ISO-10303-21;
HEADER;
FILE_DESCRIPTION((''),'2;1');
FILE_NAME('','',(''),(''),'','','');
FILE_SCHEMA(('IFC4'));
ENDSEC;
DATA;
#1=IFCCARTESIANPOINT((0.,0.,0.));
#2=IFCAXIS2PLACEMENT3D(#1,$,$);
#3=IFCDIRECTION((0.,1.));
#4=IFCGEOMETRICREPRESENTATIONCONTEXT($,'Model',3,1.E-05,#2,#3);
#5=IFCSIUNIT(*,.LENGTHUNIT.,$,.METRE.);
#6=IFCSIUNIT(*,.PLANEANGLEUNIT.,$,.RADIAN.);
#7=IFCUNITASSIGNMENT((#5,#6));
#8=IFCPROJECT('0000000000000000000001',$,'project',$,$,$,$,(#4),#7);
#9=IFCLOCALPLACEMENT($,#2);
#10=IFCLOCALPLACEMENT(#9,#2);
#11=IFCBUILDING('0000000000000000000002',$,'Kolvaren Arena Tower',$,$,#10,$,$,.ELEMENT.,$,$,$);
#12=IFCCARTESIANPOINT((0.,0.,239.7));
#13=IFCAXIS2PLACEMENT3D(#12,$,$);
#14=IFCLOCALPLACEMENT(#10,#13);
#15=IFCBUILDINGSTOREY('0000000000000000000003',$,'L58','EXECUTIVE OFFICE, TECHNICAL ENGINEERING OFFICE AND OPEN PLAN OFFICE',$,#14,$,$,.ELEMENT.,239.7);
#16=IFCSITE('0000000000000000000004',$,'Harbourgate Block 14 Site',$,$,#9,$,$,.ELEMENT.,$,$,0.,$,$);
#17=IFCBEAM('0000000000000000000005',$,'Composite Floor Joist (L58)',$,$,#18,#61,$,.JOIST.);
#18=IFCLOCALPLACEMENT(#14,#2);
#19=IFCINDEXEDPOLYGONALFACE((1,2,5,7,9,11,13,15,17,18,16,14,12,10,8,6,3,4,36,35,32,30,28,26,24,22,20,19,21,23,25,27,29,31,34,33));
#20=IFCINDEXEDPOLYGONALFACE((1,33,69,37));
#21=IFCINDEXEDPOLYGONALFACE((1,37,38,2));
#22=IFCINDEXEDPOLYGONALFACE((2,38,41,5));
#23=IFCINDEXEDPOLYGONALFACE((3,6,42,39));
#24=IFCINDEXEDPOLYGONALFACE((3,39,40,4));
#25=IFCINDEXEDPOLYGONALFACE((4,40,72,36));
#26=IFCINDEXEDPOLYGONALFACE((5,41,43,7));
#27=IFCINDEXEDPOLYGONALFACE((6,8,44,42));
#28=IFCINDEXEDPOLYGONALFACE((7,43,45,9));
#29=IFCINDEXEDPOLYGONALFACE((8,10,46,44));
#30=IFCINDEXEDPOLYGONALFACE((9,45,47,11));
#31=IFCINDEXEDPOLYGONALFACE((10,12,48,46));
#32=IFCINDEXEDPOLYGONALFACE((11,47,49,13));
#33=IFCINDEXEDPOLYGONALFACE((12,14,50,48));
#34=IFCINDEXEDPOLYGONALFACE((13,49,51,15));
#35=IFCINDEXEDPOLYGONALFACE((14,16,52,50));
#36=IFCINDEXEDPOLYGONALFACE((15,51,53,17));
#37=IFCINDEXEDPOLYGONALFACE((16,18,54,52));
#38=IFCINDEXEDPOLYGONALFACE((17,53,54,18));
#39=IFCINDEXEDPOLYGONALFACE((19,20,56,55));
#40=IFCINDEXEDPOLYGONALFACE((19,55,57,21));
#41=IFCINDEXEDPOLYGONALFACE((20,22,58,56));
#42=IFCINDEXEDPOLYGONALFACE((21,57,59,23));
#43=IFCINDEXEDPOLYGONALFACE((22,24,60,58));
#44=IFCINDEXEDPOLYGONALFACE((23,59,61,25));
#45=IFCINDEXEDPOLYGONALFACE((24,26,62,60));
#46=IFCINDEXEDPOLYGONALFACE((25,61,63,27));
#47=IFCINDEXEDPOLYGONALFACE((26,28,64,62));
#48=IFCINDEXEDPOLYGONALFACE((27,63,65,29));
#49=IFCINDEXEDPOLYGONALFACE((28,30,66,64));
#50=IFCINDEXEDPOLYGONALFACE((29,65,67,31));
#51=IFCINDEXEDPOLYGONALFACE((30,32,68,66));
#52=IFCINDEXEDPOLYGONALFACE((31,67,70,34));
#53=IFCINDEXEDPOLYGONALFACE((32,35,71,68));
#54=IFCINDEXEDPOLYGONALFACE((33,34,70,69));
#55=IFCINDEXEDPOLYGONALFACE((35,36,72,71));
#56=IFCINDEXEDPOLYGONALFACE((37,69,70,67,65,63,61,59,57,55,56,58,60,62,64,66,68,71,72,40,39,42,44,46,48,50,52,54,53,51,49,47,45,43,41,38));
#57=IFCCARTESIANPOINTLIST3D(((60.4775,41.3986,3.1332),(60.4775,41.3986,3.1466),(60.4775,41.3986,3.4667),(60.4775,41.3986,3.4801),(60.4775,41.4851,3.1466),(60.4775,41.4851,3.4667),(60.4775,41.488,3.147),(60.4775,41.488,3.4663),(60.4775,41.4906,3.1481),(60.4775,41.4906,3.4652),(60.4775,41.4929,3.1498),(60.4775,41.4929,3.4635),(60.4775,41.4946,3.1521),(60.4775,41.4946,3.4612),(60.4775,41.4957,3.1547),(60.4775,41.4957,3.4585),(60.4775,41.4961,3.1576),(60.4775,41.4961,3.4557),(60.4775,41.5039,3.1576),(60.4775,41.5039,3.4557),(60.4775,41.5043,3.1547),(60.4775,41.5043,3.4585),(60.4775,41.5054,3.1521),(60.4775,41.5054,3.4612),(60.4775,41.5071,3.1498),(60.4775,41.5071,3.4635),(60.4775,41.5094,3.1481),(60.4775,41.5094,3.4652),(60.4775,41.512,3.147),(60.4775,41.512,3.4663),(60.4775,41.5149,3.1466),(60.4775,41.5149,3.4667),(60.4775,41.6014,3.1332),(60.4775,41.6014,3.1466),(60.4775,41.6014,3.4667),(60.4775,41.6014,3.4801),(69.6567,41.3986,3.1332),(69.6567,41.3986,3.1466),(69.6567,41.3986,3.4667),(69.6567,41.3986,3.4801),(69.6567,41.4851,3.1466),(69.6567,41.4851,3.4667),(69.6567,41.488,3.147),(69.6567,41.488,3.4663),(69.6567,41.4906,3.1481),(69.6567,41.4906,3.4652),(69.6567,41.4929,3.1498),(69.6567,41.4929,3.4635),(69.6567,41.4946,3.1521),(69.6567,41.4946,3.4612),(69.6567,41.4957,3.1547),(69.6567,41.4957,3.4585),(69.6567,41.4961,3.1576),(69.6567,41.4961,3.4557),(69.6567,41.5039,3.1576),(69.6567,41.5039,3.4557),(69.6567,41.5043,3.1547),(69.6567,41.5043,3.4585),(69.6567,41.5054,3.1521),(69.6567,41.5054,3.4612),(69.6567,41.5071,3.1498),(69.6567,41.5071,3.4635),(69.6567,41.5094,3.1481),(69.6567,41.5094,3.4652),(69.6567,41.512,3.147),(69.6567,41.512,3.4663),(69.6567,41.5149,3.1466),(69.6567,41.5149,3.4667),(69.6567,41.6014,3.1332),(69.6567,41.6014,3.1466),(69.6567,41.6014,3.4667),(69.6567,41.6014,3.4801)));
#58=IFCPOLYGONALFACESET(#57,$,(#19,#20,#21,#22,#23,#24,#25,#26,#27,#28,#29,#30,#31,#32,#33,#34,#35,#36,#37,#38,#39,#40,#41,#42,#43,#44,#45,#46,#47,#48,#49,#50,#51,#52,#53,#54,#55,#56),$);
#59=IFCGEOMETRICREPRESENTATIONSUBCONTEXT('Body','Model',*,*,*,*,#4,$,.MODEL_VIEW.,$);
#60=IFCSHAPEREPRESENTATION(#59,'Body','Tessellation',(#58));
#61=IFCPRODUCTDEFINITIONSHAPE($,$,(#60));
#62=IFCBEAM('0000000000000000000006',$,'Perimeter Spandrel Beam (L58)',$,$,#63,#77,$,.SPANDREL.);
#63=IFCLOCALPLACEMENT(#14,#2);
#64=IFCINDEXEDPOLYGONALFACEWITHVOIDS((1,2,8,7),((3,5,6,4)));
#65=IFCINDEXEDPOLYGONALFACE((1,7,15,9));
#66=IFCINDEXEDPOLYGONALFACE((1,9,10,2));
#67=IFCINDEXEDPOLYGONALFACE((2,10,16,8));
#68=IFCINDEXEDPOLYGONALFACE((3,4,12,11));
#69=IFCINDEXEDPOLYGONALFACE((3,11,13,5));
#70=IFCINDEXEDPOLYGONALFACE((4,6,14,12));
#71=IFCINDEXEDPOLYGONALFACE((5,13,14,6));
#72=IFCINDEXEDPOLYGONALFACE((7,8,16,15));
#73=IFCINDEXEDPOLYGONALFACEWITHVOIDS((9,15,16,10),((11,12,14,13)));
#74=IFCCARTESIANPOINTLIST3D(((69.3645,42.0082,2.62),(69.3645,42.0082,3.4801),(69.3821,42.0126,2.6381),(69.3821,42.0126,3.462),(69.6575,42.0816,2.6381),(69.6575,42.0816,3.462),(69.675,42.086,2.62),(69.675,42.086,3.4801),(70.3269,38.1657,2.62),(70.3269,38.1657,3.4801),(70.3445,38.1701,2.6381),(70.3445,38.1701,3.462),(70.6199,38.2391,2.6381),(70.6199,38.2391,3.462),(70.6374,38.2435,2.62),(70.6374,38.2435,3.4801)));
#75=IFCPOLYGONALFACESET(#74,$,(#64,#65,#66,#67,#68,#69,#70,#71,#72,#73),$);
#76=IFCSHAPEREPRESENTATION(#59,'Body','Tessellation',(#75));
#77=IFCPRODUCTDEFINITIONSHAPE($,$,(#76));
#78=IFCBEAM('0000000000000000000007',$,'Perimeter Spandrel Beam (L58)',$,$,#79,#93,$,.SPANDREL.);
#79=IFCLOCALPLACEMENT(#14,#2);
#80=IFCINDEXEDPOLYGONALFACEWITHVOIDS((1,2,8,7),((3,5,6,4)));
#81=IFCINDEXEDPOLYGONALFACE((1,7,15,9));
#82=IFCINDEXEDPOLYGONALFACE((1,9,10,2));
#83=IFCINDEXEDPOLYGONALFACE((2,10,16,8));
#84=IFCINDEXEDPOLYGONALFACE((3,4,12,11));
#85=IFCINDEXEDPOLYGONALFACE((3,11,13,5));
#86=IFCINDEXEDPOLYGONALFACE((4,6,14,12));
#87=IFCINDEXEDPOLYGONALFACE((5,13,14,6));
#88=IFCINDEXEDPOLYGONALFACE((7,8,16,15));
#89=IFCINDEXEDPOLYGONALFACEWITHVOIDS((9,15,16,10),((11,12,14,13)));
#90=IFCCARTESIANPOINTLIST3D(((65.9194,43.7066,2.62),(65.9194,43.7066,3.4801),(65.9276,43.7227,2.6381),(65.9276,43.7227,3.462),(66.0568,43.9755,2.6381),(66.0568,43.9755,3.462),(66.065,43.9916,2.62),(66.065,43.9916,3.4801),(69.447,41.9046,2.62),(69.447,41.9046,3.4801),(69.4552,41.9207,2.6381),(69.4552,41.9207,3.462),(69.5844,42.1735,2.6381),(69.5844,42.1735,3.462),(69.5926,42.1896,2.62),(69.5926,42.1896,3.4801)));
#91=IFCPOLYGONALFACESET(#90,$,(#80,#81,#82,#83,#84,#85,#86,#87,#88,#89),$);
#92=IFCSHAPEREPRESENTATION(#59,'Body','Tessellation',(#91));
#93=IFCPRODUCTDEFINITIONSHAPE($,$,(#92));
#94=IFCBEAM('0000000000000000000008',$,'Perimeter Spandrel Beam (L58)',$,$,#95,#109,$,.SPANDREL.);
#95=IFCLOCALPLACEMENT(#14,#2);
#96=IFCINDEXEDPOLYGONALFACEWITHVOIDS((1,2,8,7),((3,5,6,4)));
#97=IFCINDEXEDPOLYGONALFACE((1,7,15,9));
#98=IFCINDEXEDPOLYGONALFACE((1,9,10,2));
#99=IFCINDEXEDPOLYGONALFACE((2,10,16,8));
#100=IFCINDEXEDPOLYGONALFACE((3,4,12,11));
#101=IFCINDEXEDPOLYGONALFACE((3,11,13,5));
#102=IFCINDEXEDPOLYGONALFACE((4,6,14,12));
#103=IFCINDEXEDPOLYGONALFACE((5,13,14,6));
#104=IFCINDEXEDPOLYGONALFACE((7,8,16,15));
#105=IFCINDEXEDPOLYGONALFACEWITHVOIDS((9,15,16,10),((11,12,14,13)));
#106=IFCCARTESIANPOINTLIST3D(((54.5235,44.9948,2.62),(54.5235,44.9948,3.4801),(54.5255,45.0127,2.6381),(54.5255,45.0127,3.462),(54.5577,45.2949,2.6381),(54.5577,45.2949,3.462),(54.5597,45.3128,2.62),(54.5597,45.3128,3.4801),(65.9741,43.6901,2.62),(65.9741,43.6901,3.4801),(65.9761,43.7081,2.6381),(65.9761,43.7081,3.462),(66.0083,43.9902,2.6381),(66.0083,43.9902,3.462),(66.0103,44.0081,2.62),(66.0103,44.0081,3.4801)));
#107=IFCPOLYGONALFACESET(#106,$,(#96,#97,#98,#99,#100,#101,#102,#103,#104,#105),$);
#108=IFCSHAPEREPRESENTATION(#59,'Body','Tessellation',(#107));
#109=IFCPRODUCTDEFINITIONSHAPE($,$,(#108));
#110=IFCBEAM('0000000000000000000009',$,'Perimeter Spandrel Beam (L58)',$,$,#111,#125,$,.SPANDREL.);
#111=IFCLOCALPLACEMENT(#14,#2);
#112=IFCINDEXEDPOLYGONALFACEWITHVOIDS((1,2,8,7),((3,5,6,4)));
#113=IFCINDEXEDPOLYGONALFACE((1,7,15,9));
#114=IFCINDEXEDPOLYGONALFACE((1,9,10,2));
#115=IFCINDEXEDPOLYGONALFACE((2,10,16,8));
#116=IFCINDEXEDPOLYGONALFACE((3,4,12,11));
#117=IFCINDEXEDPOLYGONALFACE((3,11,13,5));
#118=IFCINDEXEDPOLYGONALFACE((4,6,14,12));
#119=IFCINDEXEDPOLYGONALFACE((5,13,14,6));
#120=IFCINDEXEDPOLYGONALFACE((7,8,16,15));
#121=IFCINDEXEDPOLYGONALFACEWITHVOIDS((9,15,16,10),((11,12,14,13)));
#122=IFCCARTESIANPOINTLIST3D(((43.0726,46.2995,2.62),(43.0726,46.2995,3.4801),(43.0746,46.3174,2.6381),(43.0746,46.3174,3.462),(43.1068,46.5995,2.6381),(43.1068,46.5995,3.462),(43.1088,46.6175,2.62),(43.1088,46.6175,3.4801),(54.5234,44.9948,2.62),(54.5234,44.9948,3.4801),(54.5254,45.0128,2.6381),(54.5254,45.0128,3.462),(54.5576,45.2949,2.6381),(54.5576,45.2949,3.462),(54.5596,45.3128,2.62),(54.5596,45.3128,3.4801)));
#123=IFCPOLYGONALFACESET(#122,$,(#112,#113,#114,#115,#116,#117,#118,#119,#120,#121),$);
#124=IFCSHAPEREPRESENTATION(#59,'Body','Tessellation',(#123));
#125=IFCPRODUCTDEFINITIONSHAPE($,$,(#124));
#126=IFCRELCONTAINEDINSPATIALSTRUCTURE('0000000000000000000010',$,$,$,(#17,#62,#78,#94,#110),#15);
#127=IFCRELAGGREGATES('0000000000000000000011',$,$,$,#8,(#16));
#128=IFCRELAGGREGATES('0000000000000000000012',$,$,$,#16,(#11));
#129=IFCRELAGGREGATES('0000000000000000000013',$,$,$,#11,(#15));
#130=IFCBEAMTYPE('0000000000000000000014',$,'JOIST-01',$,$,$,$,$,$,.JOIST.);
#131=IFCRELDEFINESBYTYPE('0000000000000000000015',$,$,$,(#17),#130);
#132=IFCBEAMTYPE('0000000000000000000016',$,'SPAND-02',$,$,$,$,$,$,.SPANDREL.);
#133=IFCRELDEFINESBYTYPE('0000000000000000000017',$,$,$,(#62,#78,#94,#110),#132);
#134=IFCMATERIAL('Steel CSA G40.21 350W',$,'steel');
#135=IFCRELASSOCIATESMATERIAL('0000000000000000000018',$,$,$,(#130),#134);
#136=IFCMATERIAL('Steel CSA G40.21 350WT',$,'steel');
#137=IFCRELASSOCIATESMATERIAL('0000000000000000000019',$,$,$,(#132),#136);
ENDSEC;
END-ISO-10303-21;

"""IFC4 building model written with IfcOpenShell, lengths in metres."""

from ifc_helpers import new_model, si_unit, direction, frame, origin, origin_2d, place, context, subcontext, project, spatial, hollow_rectangle, i_section, extrude, material, material_profile, profile_set, type_object, element, save


model = new_model("IFC4")

# Units and contexts
model_context = context("Model", 3, precision=1e-05, world=origin(), true_north=direction((0.0, 1.0)))
body_context = subcontext(model_context, "Body", "Model", "MODEL_VIEW")
ifc_project = project(units=[si_unit("LENGTHUNIT", "METRE"), si_unit("PLANEANGLEUNIT", "RADIAN")], contexts=[model_context])

# Site, building, storey
site_placement = place(None, origin())
site = spatial("IfcSite", under=ifc_project, at=site_placement, Name="Harbourgate Block 14 Site", CompositionType="ELEMENT", RefElevation=0.0)
building_placement = place(site_placement, origin())
building = spatial("IfcBuilding", under=site, at=building_placement, Name="Kolvaren Arena Tower", CompositionType="ELEMENT")
storey_placement = place(building_placement, frame((0.0, 0.0, 239.7)))
storey = spatial("IfcBuildingStorey", under=building, at=storey_placement, Name="L58", Description="EXECUTIVE OFFICE, TECHNICAL ENGINEERING OFFICE AND OPEN PLAN OFFICE", CompositionType="ELEMENT", Elevation=239.7)

# Beams
ifc_material_1 = material(Name="Steel CSA G40.21 350W", Category="steel")
ifc_material_profile_1 = material_profile(ifc_material_1, i_section(OverallWidth=0.2029, OverallDepth=0.3469, WebThickness=0.0078, FlangeThickness=0.0134, FilletRadius=0.011, at=origin_2d()), Name="W360x64")
ifc_profile_set_1 = profile_set([ifc_material_profile_1], Name="Steel CSA G40.21 350W")
beam_type_1 = type_object("IfcBeamType", Name="JOIST-01", PredefinedType="JOIST", material=ifc_profile_set_1)
beam_1_placement = place(storey_placement, frame((60.4775, 41.5, 3.3066), z_axis=(1.0, 0.0, 0.0), x_axis=(0.0, 1.0, 0.0)))
element("IfcBeam", 1, at=beam_1_placement, inside=storey, type_object=beam_type_1, Name="Composite Floor Joist (L58)", PredefinedType="JOIST", context=body_context, shape_type="SweptSolid", body=[
    extrude(i_section(OverallWidth=0.2029, OverallDepth=0.3469, WebThickness=0.0078, FlangeThickness=0.0134, FilletRadius=0.011, at=origin_2d()), origin(), (0.0, 0.0, 1.0), 9.1792),
])
ifc_material_2 = material(Name="Steel CSA G40.21 350WT", Category="steel")
ifc_material_profile_2 = material_profile(ifc_material_2, hollow_rectangle(XDim=0.3201, YDim=0.8601, WallThickness=0.0181, at=origin_2d()), Name="HSS 860x320x18")
ifc_profile_set_2 = profile_set([ifc_material_profile_2], Name="Steel CSA G40.21 350WT")
beam_type_2 = type_object("IfcBeamType", Name="SPAND-02", PredefinedType="SPANDREL", material=ifc_profile_set_2)
for number, where, z_axis, x_axis, name in (
    (2, (70.4822, 38.2046, 3.05), (-0.242956, 0.970037, 0.0), (-0.970037, -0.242956, 0.0), "Perimeter Spandrel Beam (L58)"),
    (3, (69.5198, 42.0471, 3.05), (-0.890536, 0.454913, 0.0), (-0.454913, -0.890536, 0.0), "Perimeter Spandrel Beam (L58)"),
):
    element("IfcBeam", number, at=place(storey_placement, frame(where, z_axis=z_axis, x_axis=x_axis)), inside=storey, type_object=beam_type_2, Name=name, PredefinedType="SPANDREL", context=body_context, shape_type="SweptSolid", body=[
        extrude(hollow_rectangle(XDim=0.3201, YDim=0.8601, WallThickness=0.0181, at=origin_2d()), origin(), (0.0, 0.0, 1.0), 3.9612),
    ])
beam_2_placement = place(storey_placement, frame((65.9922, 43.8491, 3.05), z_axis=(-0.993571, 0.113207, 0.0), x_axis=(-0.113207, -0.993571, 0.0)))
element("IfcBeam", 4, at=beam_2_placement, inside=storey, type_object=beam_type_2, Name="Perimeter Spandrel Beam (L58)", PredefinedType="SPANDREL", context=body_context, shape_type="SweptSolid", body=[
    extrude(hollow_rectangle(XDim=0.3201, YDim=0.8601, WallThickness=0.0181, at=origin_2d()), origin(), (0.0, 0.0, 1.0), 11.5247),
])
beam_3_placement = place(storey_placement, frame((54.5415, 45.1538, 3.05), z_axis=(-0.993572, 0.113205, 0.0), x_axis=(-0.113205, -0.993572, 0.0)))
element("IfcBeam", 5, at=beam_3_placement, inside=storey, type_object=beam_type_2, Name="Perimeter Spandrel Beam (L58)", PredefinedType="SPANDREL", context=body_context, shape_type="SweptSolid", body=[
    extrude(hollow_rectangle(XDim=0.3201, YDim=0.8601, WallThickness=0.0181, at=origin_2d()), origin(), (0.0, 0.0, 1.0), 11.5249),
])

save(model, "model.ifc")
